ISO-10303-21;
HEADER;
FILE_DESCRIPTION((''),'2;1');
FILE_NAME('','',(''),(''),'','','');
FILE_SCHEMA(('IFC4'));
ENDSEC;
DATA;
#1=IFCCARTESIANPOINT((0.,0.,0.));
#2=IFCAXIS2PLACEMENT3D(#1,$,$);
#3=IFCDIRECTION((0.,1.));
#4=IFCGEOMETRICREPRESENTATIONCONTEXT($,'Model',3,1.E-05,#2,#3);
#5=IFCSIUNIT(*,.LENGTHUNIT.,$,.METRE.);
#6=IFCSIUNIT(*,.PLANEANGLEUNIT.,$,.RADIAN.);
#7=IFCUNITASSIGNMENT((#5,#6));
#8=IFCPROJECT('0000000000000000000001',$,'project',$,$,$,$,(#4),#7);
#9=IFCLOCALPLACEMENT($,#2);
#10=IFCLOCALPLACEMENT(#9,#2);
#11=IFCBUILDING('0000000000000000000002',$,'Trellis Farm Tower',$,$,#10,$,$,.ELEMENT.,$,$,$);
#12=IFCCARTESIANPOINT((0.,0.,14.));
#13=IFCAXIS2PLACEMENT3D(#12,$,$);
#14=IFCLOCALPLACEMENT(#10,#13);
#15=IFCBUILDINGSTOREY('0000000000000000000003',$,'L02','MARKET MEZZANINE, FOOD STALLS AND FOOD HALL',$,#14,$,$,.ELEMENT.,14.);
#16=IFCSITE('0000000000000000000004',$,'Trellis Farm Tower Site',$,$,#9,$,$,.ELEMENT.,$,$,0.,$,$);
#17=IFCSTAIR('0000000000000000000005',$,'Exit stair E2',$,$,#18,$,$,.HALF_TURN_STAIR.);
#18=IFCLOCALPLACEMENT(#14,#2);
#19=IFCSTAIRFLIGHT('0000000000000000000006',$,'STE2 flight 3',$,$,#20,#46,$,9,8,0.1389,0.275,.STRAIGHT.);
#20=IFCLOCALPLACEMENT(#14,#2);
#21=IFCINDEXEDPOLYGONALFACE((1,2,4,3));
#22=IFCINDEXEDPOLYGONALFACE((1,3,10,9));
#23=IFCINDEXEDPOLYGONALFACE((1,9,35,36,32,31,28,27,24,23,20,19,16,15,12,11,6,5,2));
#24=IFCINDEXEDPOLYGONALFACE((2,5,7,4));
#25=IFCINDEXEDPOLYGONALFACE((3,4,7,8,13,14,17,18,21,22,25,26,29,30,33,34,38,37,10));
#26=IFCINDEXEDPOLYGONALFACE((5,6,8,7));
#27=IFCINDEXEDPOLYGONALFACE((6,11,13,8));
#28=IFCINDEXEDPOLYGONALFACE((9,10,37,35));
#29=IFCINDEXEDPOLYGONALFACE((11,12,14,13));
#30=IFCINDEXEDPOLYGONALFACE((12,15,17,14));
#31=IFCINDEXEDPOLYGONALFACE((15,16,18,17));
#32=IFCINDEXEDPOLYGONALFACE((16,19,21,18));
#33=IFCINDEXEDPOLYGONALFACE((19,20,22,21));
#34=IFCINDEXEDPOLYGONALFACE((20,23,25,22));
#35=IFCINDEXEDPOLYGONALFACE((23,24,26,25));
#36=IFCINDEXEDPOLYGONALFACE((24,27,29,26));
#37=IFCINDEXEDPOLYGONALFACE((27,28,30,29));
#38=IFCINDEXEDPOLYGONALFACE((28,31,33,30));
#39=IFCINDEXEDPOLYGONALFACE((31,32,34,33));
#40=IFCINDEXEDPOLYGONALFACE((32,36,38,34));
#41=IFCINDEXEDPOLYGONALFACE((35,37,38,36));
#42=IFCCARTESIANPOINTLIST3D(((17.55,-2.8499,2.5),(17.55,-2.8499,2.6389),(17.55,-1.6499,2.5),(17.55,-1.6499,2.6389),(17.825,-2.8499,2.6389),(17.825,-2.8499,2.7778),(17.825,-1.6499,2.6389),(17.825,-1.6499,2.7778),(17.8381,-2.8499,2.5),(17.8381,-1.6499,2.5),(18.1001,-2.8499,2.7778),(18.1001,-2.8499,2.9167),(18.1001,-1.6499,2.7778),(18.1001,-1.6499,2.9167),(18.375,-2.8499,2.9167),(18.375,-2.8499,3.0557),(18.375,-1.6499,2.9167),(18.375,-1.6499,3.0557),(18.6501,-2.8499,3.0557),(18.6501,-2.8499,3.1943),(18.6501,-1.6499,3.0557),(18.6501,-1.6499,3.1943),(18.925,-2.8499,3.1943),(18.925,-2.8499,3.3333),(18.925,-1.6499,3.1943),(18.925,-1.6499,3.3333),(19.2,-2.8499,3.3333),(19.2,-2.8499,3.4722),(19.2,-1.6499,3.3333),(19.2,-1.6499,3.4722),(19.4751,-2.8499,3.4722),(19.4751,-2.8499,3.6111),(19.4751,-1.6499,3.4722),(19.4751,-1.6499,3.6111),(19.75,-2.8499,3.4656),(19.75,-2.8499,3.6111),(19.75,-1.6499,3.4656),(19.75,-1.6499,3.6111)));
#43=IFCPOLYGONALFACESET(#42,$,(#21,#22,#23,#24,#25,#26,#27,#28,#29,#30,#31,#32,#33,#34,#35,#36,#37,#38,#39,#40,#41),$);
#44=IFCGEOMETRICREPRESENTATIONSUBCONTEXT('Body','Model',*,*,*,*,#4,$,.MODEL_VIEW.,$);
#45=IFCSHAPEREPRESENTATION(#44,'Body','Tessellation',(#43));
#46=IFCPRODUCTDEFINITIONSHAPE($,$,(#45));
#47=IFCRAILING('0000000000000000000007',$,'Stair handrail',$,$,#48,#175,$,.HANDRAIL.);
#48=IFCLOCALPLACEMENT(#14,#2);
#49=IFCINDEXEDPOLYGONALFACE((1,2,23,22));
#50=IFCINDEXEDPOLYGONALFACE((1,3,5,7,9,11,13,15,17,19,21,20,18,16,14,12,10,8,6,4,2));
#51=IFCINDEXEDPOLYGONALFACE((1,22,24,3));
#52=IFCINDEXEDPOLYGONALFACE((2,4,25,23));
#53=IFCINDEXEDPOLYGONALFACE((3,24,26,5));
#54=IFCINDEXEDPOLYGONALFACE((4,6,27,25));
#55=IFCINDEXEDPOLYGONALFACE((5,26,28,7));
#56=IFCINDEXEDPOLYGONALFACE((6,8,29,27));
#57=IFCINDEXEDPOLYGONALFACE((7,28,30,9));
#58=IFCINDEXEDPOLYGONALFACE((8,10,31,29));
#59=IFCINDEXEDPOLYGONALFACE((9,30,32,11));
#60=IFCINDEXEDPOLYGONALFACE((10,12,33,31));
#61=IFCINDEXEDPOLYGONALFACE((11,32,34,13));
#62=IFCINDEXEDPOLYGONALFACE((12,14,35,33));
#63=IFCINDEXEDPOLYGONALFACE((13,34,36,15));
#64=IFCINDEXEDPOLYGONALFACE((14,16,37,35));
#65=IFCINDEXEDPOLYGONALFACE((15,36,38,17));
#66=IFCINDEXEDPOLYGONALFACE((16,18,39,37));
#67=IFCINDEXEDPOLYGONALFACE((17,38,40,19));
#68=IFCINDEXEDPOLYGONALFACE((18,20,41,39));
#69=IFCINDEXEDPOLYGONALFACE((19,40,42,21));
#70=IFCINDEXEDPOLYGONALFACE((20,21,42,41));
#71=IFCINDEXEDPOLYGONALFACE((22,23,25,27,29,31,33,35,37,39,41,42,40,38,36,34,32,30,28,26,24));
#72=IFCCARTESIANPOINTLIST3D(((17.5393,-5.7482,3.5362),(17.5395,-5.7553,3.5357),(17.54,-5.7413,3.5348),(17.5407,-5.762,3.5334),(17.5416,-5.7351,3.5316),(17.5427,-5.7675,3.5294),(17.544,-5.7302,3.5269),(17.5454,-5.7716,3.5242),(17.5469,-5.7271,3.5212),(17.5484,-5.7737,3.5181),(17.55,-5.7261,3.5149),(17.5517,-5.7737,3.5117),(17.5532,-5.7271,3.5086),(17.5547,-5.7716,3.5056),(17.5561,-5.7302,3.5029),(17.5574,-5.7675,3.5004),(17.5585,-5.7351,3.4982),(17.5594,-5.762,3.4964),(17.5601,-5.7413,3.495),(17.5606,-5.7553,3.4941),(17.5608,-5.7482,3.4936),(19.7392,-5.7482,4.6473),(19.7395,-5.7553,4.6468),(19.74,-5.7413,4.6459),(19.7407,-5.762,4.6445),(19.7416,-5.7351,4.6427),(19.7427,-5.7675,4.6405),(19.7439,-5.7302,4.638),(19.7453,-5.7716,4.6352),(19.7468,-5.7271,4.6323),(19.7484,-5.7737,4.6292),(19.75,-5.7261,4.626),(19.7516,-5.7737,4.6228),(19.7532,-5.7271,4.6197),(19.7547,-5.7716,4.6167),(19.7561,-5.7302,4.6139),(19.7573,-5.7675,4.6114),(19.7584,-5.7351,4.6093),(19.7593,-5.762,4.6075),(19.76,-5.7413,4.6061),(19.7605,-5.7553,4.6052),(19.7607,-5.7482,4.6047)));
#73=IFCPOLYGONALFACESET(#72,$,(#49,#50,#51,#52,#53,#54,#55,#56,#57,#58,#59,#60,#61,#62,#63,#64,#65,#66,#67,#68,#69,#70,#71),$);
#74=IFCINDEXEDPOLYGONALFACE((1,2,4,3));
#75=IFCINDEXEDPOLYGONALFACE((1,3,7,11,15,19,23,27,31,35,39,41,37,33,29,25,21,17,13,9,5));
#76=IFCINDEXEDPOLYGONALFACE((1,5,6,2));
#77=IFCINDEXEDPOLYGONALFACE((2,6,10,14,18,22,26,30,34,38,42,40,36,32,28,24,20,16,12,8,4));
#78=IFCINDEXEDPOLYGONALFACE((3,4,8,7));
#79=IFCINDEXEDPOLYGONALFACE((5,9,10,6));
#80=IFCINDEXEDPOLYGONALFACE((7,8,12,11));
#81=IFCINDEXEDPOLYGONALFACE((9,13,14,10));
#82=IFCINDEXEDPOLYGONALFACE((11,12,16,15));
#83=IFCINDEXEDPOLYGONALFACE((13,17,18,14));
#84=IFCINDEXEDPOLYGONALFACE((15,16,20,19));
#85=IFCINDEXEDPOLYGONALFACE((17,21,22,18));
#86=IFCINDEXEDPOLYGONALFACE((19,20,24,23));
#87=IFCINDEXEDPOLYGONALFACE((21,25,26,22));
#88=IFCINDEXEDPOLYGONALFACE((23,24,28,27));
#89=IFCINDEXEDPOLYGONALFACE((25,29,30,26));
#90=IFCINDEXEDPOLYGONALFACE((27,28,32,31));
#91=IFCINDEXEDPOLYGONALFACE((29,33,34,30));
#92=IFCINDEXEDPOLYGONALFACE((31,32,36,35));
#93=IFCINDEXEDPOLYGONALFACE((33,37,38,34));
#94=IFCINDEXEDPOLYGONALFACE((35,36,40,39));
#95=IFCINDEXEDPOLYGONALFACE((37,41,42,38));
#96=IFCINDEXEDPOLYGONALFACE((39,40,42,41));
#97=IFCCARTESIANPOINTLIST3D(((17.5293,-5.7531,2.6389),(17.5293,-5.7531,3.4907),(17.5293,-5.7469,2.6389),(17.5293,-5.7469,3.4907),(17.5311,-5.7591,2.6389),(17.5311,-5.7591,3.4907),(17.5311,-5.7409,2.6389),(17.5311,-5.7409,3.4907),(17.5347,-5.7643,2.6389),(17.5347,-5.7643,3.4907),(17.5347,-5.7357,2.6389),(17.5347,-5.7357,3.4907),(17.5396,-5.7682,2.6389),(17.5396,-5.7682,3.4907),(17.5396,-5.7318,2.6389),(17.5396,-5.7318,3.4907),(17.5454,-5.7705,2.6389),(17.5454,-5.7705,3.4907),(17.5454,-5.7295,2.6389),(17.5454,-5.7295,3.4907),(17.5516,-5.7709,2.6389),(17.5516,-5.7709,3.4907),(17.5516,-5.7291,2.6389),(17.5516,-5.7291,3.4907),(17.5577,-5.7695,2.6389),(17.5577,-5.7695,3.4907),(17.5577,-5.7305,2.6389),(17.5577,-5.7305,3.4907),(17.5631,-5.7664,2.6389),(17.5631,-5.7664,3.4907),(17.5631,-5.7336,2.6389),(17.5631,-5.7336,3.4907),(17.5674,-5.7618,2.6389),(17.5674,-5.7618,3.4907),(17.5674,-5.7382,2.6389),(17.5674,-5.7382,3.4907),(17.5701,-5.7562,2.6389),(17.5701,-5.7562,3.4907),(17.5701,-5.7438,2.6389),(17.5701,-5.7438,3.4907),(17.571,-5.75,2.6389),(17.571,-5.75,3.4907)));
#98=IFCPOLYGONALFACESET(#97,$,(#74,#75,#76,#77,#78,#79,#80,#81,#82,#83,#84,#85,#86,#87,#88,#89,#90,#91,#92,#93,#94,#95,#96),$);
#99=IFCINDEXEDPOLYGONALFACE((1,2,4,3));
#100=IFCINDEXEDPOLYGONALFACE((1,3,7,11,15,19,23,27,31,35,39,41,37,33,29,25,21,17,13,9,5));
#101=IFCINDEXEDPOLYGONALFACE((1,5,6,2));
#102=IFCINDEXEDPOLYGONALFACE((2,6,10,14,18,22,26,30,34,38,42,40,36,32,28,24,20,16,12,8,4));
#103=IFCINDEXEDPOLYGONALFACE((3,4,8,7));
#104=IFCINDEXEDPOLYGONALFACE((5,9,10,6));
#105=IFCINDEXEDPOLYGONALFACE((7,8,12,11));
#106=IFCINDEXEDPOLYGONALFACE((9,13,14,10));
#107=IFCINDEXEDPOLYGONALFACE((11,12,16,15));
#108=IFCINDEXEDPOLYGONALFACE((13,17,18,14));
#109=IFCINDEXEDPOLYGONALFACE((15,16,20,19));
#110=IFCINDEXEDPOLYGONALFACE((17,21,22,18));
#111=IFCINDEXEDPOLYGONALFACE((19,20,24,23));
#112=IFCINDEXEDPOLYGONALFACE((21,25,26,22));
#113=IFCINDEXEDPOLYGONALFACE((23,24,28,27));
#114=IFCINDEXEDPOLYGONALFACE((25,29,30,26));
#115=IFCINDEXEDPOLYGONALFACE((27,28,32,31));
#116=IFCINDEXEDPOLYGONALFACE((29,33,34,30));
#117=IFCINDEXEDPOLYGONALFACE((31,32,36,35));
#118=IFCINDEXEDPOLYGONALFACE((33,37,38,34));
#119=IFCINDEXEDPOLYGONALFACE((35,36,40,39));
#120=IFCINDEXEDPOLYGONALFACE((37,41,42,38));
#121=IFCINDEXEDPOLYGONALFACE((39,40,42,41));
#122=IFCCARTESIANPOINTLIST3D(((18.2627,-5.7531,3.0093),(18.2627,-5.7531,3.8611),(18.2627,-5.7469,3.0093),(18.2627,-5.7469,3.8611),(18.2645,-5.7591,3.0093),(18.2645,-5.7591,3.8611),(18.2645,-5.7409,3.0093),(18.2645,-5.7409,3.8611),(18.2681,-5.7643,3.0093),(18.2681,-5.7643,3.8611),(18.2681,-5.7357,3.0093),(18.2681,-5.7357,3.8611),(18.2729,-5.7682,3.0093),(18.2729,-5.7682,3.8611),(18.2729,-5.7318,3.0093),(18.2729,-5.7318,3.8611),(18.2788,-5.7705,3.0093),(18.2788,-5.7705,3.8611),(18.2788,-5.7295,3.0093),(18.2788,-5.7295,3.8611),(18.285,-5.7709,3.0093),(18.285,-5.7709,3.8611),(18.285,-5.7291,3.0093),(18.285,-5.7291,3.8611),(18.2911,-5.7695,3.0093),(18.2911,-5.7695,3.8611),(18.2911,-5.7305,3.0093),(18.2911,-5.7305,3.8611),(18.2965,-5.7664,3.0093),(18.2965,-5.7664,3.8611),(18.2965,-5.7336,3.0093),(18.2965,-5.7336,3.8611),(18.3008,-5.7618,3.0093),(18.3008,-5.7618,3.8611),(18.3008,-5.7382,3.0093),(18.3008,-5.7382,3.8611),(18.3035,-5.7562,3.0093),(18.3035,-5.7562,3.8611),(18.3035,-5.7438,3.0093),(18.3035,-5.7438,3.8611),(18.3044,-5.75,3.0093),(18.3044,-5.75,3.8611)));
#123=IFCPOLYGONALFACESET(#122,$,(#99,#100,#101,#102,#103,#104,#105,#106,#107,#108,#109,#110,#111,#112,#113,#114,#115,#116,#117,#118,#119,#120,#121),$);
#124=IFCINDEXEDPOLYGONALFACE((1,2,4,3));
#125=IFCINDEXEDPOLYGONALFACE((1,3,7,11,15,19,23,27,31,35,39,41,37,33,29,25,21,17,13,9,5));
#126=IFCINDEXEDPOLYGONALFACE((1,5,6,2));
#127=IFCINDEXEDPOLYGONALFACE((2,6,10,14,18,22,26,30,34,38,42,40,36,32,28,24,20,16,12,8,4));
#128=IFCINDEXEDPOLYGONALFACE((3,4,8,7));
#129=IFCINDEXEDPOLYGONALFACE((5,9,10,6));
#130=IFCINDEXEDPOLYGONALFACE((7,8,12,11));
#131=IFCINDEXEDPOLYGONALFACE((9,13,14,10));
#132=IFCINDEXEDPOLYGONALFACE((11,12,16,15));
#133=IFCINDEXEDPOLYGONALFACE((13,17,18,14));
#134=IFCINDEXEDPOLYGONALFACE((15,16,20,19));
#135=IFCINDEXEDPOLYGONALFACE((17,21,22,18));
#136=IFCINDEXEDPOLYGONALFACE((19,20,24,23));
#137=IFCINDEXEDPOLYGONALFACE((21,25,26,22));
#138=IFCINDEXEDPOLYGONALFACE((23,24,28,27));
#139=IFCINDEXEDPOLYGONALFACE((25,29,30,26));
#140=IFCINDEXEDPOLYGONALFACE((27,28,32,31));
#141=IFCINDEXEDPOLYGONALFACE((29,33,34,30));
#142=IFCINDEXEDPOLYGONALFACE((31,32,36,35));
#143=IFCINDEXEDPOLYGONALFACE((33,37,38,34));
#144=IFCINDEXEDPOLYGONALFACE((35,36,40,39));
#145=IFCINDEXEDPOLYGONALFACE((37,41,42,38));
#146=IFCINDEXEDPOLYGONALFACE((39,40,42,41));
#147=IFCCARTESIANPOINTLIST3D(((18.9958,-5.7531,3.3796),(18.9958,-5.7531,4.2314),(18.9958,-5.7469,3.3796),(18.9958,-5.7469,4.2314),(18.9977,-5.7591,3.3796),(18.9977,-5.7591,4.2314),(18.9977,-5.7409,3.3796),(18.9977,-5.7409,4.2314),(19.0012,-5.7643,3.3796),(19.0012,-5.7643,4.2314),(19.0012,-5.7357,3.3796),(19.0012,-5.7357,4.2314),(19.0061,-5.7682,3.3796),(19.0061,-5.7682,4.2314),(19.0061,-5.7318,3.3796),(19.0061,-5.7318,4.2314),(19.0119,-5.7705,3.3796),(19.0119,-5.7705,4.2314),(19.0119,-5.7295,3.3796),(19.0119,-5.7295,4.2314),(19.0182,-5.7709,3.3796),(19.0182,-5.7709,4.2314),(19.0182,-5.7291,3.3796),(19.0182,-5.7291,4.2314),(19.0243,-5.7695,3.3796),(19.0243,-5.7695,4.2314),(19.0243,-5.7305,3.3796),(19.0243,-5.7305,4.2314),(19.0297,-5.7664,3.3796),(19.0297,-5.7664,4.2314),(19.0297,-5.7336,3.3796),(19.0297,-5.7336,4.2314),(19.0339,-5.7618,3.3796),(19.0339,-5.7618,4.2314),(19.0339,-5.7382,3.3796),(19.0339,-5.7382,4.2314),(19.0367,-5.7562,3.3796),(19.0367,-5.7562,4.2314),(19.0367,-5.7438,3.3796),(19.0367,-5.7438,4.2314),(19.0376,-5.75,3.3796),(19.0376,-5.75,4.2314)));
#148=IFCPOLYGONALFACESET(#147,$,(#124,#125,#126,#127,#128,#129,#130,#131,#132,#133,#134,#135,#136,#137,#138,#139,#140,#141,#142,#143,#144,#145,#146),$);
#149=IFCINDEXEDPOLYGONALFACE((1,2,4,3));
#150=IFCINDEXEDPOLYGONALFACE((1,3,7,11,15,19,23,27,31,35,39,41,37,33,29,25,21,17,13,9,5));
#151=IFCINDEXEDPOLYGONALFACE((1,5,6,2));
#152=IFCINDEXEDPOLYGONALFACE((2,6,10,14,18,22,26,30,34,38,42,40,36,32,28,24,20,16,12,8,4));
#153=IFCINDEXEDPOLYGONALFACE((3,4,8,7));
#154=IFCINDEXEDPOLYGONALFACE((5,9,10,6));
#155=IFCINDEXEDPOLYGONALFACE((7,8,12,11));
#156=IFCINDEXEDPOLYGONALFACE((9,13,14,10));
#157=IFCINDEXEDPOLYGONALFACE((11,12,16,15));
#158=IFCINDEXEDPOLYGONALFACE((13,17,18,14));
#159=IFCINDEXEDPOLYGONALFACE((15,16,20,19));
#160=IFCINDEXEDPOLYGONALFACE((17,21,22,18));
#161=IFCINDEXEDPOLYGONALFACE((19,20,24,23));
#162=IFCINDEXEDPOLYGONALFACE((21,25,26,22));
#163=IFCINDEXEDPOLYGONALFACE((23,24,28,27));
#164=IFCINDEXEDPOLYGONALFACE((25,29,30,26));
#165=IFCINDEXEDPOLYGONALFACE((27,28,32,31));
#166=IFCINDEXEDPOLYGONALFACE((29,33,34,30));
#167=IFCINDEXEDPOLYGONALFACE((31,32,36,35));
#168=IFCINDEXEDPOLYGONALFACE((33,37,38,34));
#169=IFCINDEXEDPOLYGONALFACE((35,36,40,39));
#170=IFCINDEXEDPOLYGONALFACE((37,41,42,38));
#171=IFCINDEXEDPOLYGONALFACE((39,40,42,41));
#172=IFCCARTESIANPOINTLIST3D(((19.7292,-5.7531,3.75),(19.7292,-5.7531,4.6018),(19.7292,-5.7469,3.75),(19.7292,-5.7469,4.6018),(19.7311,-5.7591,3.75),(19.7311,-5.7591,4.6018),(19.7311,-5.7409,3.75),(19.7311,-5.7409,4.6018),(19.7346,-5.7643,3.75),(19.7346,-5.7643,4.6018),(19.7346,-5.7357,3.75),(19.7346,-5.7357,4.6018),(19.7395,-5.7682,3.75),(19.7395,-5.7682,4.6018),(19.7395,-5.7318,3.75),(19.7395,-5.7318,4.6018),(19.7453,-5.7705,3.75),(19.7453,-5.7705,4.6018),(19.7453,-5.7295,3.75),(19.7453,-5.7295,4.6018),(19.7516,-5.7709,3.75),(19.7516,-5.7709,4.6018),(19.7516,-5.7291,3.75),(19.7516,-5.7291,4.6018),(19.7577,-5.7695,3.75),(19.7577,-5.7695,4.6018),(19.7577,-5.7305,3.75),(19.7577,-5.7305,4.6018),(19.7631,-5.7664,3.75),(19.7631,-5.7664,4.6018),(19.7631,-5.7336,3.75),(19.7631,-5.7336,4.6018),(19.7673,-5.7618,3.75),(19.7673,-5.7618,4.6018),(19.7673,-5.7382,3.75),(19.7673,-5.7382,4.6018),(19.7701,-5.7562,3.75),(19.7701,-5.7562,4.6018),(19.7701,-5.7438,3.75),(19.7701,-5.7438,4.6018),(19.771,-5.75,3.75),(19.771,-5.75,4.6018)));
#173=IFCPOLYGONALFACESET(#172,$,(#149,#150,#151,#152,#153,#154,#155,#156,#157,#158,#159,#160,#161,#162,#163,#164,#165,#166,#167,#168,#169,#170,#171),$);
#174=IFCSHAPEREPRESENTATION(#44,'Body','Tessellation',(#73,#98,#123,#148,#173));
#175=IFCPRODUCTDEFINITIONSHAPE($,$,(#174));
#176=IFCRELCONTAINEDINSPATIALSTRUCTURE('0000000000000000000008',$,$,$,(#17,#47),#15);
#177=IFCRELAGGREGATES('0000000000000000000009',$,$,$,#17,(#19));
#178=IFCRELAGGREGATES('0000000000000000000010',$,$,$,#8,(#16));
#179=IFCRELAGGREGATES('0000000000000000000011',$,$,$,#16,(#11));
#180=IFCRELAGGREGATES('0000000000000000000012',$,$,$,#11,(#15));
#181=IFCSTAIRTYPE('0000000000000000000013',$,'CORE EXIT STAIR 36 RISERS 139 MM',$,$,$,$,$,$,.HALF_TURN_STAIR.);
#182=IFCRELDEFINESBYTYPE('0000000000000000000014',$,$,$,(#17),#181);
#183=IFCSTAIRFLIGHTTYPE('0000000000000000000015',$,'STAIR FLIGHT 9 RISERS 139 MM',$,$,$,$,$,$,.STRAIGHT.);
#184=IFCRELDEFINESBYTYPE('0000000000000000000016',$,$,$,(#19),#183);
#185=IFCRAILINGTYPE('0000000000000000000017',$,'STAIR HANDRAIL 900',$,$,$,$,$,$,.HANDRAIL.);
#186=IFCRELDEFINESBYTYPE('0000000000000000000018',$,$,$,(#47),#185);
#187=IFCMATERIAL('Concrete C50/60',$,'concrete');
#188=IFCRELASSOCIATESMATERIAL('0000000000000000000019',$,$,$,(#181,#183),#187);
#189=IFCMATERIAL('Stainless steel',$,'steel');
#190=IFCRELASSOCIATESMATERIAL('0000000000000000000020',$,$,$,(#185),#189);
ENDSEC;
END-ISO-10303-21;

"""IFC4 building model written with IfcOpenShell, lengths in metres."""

from ifc_helpers import new_model, si_unit, direction, frame, origin, origin_2d, place, context, subcontext, project, spatial, polyline, circle, outline, extrude, source, transform, mapped, material, type_object, element, aggregate, save


model = new_model("IFC4")

# Units and contexts
model_context = context("Model", 3, precision=1e-05, world=origin(), true_north=direction((0.0, 1.0)))
body_context = subcontext(model_context, "Body", "Model", "MODEL_VIEW")
ifc_project = project(units=[si_unit("LENGTHUNIT", "METRE"), si_unit("PLANEANGLEUNIT", "RADIAN")], contexts=[model_context])

# Site, building, storey
site_placement = place(None, origin())
site = spatial("IfcSite", under=ifc_project, at=site_placement, Name="Trellis Farm Tower Site", CompositionType="ELEMENT", RefElevation=0.0)
building_placement = place(site_placement, origin())
building = spatial("IfcBuilding", under=site, at=building_placement, Name="Trellis Farm Tower", CompositionType="ELEMENT")
storey_placement = place(building_placement, frame((0.0, 0.0, 14.0)))
storey = spatial("IfcBuildingStorey", under=building, at=storey_placement, Name="L02", Description="MARKET MEZZANINE, FOOD STALLS AND FOOD HALL", CompositionType="ELEMENT", Elevation=14.0)

# Shared definitions
ifc_material_1 = material(Name="Concrete C50/60", Category="concrete")
placement_1 = place(storey_placement, origin())

# Shared definitions
stair_type_1 = type_object("IfcStairType", Name="CORE EXIT STAIR 36 RISERS 139 MM", PredefinedType="HALF_TURN_STAIR", material=ifc_material_1)

# Shared definitions
ifc_material_2 = material(Name="Stainless steel", Category="steel")

# Stair, stair flight
stair_flight_type = type_object("IfcStairFlightType", Name="STAIR FLIGHT 9 RISERS 139 MM", PredefinedType="STRAIGHT", material=ifc_material_1)
shared_shape_1 = source(origin(), body_context, "Body", "SweptSolid", [
    extrude(outline(polyline([(0.0, 0.0), (0.0, 0.1389), (0.2749, 0.1389), (0.2749, 0.2778), (0.55, 0.2778), (0.55, 0.4167), (0.825, 0.4167), (0.825, 0.5557), (1.1001, 0.5557), (1.1001, 0.6943), (1.375, 0.6943), (1.375, 0.8333), (1.6499, 0.8333), (1.6499, 0.9722), (1.925, 0.9722), (1.925, 1.1111), (2.2, 1.1111), (2.2, 1.25), (2.2, 0.9656), (0.2881, 0.0), (0.0, 0.0)])), frame((0.0, 0.6001, 0.0), z_axis=(0.0, -1.0, 0.0), x_axis=(1.0, 0.0, 0.0)), (0.0, 0.0, 1.0), 1.2),
])
stair_1 = element("IfcStair", 1, at=placement_1, inside=storey, type_object=stair_type_1, Name="Exit stair E2", PredefinedType="HALF_TURN_STAIR")
stair_flight_1_placement = place(storey_placement, frame((17.55, -2.25, 2.5), z_axis=(0.0, 0.0, 1.0), x_axis=(1.0, 0.0, 0.0)))
stair_flight_1 = element("IfcStairFlight", 2, at=stair_flight_1_placement, type_object=stair_flight_type, Name="STE2 flight 3", NumberOfRisers=9, NumberOfTreads=8, PredefinedType="STRAIGHT", RiserHeight=0.1389, TreadLength=0.275, context=body_context, shape_type="MappedRepresentation", body=[
    mapped(shared_shape_1, transform((0.0, 0.0, 0.0))),
])
aggregate(stair_1, [stair_flight_1])

# Railing
railing_type = type_object("IfcRailingType", Name="STAIR HANDRAIL 900", PredefinedType="HANDRAIL", material=ifc_material_2)
shared_shape_2 = source(origin(), body_context, "Body", "SweptSolid", [
    extrude(circle(Radius=0.0239, at=origin_2d()), frame((0.0, 0.0, 0.876), z_axis=(0.892617, 0.0, 0.450816), x_axis=(0.0, 1.0, 0.0)), (0.0, 0.0, 1.0), 2.4646),
    extrude(circle(Radius=0.021, at=origin_2d()), origin(), (0.0, 0.0, 1.0), 0.8518),
    extrude(circle(Radius=0.021, at=origin_2d()), frame((0.7334, 0.0, 0.3704)), (0.0, 0.0, 1.0), 0.8518),
    extrude(circle(Radius=0.021, at=origin_2d()), frame((1.4666, 0.0, 0.7407)), (0.0, 0.0, 1.0), 0.8518),
    extrude(circle(Radius=0.021, at=origin_2d()), frame((2.2, 0.0, 1.1111)), (0.0, 0.0, 1.0), 0.8518),
])
for number, where, name in (
    (3, (17.55, -5.75, 2.6389), "Stair handrail"),
):
    element("IfcRailing", number, at=place(storey_placement, frame(where)), inside=storey, type_object=railing_type, Name=name, PredefinedType="HANDRAIL", context=body_context, shape_type="MappedRepresentation", body=[
        mapped(shared_shape_2, transform((0.0, 0.0, 0.0))),
    ])

save(model, "model.ifc")
